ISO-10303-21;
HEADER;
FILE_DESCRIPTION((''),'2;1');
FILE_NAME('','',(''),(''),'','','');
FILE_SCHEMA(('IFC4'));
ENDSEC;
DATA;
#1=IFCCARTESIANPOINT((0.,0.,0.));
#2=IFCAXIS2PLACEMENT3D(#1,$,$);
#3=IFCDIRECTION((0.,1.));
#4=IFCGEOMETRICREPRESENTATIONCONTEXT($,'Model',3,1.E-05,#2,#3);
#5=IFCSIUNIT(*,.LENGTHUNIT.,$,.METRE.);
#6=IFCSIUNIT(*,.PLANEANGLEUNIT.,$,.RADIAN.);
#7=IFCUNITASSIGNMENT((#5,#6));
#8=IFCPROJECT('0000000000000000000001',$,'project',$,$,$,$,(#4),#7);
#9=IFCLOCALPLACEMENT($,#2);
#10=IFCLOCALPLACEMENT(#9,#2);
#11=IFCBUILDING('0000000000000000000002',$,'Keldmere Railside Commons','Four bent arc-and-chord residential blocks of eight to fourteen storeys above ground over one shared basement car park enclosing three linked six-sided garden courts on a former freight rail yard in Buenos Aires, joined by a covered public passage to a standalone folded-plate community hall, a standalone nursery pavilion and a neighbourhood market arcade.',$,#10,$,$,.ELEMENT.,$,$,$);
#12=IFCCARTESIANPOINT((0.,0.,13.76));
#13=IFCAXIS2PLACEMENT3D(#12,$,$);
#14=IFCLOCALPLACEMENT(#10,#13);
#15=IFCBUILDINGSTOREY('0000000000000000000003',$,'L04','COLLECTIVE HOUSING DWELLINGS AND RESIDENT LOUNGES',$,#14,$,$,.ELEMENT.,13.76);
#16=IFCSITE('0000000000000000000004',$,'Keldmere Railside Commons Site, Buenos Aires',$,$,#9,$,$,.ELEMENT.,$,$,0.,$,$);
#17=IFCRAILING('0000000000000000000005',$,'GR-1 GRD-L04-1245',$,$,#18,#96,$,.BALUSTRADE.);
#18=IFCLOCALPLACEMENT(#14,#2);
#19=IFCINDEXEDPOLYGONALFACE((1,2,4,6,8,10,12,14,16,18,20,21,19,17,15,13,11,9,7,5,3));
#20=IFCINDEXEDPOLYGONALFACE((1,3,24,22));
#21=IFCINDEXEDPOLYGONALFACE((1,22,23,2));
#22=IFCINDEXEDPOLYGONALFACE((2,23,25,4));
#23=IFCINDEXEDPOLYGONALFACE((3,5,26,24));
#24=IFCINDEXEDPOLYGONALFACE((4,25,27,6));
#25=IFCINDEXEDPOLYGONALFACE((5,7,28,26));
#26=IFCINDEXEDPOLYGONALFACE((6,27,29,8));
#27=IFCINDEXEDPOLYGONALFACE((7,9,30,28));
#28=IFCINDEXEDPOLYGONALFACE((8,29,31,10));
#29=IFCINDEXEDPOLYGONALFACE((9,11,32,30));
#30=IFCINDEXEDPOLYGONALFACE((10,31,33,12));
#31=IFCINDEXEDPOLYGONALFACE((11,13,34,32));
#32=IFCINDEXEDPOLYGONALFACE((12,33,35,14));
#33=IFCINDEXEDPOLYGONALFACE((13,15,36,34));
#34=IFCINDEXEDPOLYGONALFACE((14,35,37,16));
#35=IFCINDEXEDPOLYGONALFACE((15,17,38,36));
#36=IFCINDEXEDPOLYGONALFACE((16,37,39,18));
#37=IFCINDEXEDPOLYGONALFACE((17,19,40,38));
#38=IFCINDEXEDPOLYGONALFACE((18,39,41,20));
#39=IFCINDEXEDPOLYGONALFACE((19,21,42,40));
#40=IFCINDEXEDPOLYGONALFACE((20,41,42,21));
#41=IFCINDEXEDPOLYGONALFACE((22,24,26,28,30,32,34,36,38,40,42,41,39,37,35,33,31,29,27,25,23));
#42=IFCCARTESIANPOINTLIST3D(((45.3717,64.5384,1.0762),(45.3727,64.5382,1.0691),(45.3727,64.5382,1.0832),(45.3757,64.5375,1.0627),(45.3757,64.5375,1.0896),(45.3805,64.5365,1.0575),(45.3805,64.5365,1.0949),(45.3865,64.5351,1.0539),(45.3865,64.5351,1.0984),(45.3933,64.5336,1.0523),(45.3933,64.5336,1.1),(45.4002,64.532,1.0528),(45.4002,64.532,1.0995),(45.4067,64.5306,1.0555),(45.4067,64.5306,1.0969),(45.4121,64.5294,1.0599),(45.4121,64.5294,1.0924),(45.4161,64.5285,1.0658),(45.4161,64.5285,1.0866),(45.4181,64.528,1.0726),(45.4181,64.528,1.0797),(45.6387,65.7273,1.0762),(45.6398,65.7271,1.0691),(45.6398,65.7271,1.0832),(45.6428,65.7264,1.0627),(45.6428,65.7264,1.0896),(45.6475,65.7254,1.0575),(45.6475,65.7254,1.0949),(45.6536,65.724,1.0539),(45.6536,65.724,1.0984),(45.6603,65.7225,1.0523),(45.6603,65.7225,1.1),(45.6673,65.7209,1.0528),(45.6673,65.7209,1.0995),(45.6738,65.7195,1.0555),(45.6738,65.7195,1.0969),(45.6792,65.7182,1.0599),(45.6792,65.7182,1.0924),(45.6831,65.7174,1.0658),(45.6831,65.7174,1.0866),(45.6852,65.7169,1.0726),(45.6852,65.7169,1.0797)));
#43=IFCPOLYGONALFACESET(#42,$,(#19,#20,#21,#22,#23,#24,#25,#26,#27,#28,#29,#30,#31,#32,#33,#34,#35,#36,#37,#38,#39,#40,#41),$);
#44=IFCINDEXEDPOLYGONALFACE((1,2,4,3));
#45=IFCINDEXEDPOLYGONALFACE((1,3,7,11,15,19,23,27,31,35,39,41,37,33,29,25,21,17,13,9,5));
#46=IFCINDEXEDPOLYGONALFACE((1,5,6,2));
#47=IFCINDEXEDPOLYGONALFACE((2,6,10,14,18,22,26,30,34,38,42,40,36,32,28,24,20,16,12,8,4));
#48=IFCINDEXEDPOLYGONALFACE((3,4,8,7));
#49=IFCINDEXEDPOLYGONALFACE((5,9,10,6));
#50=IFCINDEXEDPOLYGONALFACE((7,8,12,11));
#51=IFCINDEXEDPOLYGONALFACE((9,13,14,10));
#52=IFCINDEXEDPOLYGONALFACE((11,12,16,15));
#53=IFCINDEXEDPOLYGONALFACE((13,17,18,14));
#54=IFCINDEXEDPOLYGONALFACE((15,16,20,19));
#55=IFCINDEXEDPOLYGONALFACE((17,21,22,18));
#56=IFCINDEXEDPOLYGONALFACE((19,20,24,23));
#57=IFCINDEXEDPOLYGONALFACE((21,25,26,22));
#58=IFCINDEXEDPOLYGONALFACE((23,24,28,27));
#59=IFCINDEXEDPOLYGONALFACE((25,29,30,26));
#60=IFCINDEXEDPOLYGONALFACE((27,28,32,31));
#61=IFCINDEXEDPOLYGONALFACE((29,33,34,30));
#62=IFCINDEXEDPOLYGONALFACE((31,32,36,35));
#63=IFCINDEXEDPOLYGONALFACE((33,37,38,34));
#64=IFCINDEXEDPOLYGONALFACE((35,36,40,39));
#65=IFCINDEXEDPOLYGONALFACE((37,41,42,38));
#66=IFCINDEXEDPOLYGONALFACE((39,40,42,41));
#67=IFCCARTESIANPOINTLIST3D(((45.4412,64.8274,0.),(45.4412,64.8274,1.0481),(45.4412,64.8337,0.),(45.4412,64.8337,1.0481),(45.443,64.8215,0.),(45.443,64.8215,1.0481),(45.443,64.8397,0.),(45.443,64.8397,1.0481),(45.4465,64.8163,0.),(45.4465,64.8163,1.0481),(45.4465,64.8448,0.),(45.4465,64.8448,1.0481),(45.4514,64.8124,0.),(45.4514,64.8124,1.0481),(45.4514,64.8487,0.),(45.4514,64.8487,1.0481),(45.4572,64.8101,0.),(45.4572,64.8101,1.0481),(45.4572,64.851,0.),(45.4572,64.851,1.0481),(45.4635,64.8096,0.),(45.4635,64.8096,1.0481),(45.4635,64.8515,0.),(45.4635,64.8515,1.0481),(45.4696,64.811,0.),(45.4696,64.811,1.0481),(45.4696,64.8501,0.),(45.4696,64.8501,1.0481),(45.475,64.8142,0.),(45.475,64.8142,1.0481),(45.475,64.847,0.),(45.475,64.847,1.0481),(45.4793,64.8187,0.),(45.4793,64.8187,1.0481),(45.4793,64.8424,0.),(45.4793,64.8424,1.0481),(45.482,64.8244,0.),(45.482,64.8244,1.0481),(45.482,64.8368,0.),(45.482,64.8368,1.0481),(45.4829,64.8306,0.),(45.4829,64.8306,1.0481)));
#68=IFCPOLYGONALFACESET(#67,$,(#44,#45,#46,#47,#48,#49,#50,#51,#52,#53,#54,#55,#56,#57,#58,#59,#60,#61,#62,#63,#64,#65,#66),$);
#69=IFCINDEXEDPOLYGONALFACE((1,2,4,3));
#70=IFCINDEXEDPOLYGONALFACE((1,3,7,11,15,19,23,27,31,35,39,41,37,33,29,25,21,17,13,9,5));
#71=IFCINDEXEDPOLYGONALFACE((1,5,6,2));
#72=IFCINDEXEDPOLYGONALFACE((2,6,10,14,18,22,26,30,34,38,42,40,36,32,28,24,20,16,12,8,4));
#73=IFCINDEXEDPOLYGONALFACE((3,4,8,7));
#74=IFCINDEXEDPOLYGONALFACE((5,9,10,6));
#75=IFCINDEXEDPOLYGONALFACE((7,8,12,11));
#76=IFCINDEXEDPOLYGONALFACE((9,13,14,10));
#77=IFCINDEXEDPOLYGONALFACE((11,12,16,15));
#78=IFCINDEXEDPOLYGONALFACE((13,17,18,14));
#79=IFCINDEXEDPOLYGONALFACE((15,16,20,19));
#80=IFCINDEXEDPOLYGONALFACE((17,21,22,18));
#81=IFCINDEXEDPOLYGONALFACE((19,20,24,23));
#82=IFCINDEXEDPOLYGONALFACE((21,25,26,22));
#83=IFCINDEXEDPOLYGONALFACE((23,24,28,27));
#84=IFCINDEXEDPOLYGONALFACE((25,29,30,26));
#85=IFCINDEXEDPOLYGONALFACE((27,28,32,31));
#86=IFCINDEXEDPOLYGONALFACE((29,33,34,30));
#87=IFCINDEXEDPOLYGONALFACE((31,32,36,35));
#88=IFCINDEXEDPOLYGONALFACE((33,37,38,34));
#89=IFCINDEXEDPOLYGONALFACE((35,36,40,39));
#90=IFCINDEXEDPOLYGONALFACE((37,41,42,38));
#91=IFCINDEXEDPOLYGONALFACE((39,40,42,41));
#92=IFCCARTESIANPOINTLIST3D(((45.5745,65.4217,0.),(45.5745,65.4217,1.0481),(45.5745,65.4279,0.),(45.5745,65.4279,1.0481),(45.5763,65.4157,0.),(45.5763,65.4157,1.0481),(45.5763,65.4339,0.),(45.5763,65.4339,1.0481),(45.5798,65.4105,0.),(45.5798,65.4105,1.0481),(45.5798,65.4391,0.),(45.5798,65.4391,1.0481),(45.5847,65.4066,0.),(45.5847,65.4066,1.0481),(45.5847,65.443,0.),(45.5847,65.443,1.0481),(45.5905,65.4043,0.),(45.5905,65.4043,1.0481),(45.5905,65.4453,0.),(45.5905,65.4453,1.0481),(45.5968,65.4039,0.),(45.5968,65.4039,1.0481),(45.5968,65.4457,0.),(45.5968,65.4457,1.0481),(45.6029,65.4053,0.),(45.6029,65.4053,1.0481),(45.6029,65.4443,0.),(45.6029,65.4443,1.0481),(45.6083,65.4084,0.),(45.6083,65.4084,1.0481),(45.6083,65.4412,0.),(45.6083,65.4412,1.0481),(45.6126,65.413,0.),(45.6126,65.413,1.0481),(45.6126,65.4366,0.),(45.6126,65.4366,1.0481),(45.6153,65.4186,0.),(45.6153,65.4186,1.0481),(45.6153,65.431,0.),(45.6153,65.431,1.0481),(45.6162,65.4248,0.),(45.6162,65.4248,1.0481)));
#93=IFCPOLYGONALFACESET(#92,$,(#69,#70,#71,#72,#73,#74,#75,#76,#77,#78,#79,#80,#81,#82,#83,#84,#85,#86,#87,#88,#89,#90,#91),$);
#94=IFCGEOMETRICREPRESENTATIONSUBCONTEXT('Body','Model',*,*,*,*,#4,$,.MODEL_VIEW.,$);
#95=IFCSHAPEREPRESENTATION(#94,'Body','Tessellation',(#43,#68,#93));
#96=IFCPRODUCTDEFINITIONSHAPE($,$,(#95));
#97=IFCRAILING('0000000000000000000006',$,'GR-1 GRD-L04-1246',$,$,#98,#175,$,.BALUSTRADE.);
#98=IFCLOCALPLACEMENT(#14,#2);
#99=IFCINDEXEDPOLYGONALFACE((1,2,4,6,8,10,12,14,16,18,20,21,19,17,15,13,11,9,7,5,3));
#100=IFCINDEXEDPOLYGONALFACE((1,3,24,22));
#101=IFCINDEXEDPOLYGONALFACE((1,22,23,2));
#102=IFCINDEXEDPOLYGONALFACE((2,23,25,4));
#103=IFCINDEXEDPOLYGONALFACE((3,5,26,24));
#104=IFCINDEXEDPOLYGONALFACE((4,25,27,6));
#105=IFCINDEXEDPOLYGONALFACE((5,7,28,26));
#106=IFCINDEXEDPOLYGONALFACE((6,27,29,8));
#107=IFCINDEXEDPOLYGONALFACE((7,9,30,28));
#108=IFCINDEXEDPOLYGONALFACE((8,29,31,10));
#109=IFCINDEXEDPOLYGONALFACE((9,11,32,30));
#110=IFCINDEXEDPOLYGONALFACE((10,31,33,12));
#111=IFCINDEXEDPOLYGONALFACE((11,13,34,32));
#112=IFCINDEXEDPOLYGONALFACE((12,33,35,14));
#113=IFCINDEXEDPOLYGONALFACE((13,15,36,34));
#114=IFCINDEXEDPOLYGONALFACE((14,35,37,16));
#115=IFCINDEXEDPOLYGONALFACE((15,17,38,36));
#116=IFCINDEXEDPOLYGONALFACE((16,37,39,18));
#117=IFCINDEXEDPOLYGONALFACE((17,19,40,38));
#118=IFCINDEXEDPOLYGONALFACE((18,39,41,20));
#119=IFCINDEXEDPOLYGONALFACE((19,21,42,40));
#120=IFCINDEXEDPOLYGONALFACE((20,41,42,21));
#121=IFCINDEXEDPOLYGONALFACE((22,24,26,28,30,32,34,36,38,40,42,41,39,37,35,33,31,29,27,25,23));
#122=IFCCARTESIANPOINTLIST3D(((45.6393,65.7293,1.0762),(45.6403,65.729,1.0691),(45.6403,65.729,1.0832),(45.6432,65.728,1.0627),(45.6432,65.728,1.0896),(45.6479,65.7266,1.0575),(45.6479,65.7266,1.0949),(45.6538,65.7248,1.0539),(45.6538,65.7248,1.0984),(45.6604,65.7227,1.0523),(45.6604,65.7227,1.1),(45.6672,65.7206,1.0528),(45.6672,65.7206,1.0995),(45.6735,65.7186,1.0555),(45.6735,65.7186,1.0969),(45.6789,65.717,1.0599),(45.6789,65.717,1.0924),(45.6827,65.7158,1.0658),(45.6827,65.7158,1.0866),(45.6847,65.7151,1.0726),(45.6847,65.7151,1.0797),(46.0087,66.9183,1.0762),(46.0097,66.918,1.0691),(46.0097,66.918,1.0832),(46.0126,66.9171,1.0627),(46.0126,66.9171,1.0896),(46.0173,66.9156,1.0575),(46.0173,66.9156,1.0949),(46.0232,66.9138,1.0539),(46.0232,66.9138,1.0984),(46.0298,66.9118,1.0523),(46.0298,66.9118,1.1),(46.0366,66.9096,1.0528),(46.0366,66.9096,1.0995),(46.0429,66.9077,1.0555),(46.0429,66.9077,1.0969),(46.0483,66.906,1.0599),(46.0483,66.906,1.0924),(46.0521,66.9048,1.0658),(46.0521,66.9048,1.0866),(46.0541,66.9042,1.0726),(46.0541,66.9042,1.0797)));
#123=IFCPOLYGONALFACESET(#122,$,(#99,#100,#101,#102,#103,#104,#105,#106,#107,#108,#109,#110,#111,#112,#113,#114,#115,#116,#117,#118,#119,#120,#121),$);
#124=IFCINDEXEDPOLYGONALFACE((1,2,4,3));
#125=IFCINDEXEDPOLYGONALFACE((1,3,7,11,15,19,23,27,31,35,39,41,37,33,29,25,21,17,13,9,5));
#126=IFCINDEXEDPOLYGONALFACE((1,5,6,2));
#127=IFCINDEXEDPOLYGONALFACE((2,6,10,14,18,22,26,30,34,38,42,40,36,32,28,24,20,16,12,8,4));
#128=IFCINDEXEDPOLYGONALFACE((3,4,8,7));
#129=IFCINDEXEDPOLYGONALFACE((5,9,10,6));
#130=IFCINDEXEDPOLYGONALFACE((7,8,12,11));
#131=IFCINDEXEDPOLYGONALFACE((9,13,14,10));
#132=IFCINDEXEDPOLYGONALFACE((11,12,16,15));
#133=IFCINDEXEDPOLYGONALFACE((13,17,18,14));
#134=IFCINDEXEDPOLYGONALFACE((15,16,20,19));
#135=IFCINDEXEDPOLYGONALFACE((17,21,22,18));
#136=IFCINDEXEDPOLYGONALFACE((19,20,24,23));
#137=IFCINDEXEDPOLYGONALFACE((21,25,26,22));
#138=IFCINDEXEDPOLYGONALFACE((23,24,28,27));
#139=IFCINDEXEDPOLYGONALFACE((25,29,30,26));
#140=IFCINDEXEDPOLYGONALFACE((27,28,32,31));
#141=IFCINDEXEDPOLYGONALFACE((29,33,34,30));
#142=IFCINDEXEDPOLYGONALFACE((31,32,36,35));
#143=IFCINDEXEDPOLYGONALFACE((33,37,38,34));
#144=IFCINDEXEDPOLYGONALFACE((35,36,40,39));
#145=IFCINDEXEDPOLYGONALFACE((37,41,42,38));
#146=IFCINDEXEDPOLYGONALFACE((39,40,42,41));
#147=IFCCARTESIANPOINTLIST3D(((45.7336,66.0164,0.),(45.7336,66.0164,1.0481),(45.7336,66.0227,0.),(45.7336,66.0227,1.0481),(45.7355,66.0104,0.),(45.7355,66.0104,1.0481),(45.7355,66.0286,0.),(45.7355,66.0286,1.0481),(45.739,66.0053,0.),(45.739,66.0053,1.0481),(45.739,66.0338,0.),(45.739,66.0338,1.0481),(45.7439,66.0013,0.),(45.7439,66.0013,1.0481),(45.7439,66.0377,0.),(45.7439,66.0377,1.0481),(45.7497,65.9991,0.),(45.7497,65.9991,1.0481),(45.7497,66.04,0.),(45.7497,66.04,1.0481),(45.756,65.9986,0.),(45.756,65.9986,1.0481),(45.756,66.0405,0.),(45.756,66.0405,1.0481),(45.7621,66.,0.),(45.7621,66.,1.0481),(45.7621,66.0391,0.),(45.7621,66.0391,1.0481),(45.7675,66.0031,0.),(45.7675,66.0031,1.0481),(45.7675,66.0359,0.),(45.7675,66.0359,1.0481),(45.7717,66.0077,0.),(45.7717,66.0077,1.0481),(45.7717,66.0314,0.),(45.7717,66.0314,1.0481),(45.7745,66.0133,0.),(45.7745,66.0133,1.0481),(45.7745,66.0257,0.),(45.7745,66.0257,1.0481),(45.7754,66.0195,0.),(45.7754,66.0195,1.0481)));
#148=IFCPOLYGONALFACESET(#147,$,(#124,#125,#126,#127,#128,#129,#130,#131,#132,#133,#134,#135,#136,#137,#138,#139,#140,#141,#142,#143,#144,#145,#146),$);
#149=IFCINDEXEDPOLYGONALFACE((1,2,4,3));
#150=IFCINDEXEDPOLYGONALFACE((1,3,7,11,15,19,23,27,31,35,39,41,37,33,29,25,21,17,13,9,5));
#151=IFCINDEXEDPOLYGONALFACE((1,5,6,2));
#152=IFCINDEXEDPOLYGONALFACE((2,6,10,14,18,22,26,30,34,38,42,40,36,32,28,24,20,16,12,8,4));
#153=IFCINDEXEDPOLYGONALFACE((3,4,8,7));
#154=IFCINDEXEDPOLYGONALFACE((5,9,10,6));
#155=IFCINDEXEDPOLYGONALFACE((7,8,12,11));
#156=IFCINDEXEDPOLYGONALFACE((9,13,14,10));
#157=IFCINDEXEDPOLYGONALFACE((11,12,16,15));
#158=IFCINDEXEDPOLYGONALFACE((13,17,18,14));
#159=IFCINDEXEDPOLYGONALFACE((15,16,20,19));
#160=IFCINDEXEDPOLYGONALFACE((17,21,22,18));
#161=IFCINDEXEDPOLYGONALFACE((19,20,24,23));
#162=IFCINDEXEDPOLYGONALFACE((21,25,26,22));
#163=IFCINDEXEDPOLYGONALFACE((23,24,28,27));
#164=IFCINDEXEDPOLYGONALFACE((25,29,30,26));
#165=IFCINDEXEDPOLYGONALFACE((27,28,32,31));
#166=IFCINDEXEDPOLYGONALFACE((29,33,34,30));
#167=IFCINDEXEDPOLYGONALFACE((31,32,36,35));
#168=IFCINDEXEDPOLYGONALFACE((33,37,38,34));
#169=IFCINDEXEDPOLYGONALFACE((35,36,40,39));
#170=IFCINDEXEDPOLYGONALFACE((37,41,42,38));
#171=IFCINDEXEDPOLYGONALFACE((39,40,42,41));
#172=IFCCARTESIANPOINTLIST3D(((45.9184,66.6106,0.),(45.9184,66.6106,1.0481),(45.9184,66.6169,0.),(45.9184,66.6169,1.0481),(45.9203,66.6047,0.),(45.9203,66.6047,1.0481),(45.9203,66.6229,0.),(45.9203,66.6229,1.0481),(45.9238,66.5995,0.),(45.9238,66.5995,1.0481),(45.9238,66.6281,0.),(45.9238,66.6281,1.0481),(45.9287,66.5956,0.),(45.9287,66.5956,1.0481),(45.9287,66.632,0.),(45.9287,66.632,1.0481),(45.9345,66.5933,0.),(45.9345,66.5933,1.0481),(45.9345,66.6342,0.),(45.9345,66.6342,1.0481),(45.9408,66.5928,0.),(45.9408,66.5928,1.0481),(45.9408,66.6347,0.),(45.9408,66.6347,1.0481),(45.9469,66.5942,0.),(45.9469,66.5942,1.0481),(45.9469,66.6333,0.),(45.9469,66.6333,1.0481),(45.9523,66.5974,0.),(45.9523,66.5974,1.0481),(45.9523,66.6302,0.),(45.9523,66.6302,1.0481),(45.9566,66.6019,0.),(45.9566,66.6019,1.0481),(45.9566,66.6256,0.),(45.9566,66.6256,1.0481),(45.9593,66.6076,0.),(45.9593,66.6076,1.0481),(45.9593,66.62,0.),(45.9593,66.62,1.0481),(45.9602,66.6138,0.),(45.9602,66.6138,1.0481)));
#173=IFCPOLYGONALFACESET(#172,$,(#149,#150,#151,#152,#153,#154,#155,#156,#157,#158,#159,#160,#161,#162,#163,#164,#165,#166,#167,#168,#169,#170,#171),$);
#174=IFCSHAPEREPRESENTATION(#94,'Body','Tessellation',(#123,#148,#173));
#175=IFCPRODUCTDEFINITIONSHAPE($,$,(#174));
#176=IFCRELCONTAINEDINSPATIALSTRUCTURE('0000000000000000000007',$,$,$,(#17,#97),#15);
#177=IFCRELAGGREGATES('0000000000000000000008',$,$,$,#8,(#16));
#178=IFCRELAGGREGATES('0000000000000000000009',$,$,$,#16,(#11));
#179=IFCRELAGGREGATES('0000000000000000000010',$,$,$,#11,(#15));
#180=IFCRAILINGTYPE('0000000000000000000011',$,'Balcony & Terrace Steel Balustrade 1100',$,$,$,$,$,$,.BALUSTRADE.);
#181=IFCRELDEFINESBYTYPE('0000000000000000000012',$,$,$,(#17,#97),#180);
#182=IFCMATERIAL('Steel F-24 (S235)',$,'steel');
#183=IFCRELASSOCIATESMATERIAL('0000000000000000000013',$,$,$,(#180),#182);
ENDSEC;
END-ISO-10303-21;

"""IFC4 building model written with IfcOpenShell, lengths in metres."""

from ifc_helpers import new_model, si_unit, direction, frame, origin, origin_2d, place, context, subcontext, project, spatial, circle, extrude, material, type_object, element, save


model = new_model("IFC4")

# Units and contexts
model_context = context("Model", 3, precision=1e-05, world=origin(), true_north=direction((0.0, 1.0)))
body_context = subcontext(model_context, "Body", "Model", "MODEL_VIEW")
ifc_project = project(units=[si_unit("LENGTHUNIT", "METRE"), si_unit("PLANEANGLEUNIT", "RADIAN")], contexts=[model_context])

# Site, building, storey
site_placement = place(None, origin())
site = spatial("IfcSite", under=ifc_project, at=site_placement, Name="Keldmere Railside Commons Site, Buenos Aires", CompositionType="ELEMENT", RefElevation=0.0)
building_placement = place(site_placement, origin())
building = spatial("IfcBuilding", under=site, at=building_placement, Name="Keldmere Railside Commons", Description="Four bent arc-and-chord residential blocks of eight to fourteen storeys above ground over one shared basement car park enclosing three linked six-sided garden courts on a former freight rail yard in Buenos Aires, joined by a covered public passage to a standalone folded-plate community hall, a standalone nursery pavilion and a neighbourhood market arcade.", CompositionType="ELEMENT")
storey_placement = place(building_placement, frame((0.0, 0.0, 13.76)))
storey = spatial("IfcBuildingStorey", under=building, at=storey_placement, Name="L04", Description="COLLECTIVE HOUSING DWELLINGS AND RESIDENT LOUNGES", CompositionType="ELEMENT", Elevation=13.76)

# Railings
ifc_material_1 = material(Name="Steel F-24 (S235)", Category="steel")
railing_type_1 = type_object("IfcRailingType", Name="Balcony & Terrace Steel Balustrade 1100", PredefinedType="BALUSTRADE", material=ifc_material_1)
railing_1_placement = place(storey_placement, frame((45.395, 64.5332, 0.0)))
element("IfcRailing", 1, at=railing_1_placement, inside=storey, type_object=railing_type_1, Name="GR-1 GRD-L04-1245", PredefinedType="BALUSTRADE", context=body_context, shape_type="SweptSolid", body=[
    extrude(circle(Radius=0.0239, at=origin_2d()), frame((0.0, 0.0, 1.0762), z_axis=(0.219178, 0.975685, 0.0), x_axis=(-0.975685, 0.219178, 0.0)), (0.0, 0.0, 1.0), 1.2185),
    extrude(circle(Radius=0.021, at=origin_2d()), frame((0.0669, 0.2974, 0.0)), (0.0, 0.0, 1.0), 1.0481),
    extrude(circle(Radius=0.021, at=origin_2d()), frame((0.2002, 0.8916, 0.0)), (0.0, 0.0, 1.0), 1.0481),
])
railing_2_placement = place(storey_placement, frame((45.6621, 65.7222, 0.0)))
element("IfcRailing", 2, at=railing_2_placement, inside=storey, type_object=railing_type_1, Name="GR-1 GRD-L04-1246", PredefinedType="BALUSTRADE", context=body_context, shape_type="SweptSolid", body=[
    extrude(circle(Radius=0.0239, at=origin_2d()), frame((0.0, 0.0, 1.0762), z_axis=(0.296689, 0.954974, 0.0), x_axis=(-0.954974, 0.296689, 0.0)), (0.0, 0.0, 1.0), 1.2451),
    extrude(circle(Radius=0.021, at=origin_2d()), frame((0.0923, 0.2974, 0.0)), (0.0, 0.0, 1.0), 1.0481),
    extrude(circle(Radius=0.021, at=origin_2d()), frame((0.2771, 0.8916, 0.0)), (0.0, 0.0, 1.0), 1.0481),
])

save(model, "model.ifc")
